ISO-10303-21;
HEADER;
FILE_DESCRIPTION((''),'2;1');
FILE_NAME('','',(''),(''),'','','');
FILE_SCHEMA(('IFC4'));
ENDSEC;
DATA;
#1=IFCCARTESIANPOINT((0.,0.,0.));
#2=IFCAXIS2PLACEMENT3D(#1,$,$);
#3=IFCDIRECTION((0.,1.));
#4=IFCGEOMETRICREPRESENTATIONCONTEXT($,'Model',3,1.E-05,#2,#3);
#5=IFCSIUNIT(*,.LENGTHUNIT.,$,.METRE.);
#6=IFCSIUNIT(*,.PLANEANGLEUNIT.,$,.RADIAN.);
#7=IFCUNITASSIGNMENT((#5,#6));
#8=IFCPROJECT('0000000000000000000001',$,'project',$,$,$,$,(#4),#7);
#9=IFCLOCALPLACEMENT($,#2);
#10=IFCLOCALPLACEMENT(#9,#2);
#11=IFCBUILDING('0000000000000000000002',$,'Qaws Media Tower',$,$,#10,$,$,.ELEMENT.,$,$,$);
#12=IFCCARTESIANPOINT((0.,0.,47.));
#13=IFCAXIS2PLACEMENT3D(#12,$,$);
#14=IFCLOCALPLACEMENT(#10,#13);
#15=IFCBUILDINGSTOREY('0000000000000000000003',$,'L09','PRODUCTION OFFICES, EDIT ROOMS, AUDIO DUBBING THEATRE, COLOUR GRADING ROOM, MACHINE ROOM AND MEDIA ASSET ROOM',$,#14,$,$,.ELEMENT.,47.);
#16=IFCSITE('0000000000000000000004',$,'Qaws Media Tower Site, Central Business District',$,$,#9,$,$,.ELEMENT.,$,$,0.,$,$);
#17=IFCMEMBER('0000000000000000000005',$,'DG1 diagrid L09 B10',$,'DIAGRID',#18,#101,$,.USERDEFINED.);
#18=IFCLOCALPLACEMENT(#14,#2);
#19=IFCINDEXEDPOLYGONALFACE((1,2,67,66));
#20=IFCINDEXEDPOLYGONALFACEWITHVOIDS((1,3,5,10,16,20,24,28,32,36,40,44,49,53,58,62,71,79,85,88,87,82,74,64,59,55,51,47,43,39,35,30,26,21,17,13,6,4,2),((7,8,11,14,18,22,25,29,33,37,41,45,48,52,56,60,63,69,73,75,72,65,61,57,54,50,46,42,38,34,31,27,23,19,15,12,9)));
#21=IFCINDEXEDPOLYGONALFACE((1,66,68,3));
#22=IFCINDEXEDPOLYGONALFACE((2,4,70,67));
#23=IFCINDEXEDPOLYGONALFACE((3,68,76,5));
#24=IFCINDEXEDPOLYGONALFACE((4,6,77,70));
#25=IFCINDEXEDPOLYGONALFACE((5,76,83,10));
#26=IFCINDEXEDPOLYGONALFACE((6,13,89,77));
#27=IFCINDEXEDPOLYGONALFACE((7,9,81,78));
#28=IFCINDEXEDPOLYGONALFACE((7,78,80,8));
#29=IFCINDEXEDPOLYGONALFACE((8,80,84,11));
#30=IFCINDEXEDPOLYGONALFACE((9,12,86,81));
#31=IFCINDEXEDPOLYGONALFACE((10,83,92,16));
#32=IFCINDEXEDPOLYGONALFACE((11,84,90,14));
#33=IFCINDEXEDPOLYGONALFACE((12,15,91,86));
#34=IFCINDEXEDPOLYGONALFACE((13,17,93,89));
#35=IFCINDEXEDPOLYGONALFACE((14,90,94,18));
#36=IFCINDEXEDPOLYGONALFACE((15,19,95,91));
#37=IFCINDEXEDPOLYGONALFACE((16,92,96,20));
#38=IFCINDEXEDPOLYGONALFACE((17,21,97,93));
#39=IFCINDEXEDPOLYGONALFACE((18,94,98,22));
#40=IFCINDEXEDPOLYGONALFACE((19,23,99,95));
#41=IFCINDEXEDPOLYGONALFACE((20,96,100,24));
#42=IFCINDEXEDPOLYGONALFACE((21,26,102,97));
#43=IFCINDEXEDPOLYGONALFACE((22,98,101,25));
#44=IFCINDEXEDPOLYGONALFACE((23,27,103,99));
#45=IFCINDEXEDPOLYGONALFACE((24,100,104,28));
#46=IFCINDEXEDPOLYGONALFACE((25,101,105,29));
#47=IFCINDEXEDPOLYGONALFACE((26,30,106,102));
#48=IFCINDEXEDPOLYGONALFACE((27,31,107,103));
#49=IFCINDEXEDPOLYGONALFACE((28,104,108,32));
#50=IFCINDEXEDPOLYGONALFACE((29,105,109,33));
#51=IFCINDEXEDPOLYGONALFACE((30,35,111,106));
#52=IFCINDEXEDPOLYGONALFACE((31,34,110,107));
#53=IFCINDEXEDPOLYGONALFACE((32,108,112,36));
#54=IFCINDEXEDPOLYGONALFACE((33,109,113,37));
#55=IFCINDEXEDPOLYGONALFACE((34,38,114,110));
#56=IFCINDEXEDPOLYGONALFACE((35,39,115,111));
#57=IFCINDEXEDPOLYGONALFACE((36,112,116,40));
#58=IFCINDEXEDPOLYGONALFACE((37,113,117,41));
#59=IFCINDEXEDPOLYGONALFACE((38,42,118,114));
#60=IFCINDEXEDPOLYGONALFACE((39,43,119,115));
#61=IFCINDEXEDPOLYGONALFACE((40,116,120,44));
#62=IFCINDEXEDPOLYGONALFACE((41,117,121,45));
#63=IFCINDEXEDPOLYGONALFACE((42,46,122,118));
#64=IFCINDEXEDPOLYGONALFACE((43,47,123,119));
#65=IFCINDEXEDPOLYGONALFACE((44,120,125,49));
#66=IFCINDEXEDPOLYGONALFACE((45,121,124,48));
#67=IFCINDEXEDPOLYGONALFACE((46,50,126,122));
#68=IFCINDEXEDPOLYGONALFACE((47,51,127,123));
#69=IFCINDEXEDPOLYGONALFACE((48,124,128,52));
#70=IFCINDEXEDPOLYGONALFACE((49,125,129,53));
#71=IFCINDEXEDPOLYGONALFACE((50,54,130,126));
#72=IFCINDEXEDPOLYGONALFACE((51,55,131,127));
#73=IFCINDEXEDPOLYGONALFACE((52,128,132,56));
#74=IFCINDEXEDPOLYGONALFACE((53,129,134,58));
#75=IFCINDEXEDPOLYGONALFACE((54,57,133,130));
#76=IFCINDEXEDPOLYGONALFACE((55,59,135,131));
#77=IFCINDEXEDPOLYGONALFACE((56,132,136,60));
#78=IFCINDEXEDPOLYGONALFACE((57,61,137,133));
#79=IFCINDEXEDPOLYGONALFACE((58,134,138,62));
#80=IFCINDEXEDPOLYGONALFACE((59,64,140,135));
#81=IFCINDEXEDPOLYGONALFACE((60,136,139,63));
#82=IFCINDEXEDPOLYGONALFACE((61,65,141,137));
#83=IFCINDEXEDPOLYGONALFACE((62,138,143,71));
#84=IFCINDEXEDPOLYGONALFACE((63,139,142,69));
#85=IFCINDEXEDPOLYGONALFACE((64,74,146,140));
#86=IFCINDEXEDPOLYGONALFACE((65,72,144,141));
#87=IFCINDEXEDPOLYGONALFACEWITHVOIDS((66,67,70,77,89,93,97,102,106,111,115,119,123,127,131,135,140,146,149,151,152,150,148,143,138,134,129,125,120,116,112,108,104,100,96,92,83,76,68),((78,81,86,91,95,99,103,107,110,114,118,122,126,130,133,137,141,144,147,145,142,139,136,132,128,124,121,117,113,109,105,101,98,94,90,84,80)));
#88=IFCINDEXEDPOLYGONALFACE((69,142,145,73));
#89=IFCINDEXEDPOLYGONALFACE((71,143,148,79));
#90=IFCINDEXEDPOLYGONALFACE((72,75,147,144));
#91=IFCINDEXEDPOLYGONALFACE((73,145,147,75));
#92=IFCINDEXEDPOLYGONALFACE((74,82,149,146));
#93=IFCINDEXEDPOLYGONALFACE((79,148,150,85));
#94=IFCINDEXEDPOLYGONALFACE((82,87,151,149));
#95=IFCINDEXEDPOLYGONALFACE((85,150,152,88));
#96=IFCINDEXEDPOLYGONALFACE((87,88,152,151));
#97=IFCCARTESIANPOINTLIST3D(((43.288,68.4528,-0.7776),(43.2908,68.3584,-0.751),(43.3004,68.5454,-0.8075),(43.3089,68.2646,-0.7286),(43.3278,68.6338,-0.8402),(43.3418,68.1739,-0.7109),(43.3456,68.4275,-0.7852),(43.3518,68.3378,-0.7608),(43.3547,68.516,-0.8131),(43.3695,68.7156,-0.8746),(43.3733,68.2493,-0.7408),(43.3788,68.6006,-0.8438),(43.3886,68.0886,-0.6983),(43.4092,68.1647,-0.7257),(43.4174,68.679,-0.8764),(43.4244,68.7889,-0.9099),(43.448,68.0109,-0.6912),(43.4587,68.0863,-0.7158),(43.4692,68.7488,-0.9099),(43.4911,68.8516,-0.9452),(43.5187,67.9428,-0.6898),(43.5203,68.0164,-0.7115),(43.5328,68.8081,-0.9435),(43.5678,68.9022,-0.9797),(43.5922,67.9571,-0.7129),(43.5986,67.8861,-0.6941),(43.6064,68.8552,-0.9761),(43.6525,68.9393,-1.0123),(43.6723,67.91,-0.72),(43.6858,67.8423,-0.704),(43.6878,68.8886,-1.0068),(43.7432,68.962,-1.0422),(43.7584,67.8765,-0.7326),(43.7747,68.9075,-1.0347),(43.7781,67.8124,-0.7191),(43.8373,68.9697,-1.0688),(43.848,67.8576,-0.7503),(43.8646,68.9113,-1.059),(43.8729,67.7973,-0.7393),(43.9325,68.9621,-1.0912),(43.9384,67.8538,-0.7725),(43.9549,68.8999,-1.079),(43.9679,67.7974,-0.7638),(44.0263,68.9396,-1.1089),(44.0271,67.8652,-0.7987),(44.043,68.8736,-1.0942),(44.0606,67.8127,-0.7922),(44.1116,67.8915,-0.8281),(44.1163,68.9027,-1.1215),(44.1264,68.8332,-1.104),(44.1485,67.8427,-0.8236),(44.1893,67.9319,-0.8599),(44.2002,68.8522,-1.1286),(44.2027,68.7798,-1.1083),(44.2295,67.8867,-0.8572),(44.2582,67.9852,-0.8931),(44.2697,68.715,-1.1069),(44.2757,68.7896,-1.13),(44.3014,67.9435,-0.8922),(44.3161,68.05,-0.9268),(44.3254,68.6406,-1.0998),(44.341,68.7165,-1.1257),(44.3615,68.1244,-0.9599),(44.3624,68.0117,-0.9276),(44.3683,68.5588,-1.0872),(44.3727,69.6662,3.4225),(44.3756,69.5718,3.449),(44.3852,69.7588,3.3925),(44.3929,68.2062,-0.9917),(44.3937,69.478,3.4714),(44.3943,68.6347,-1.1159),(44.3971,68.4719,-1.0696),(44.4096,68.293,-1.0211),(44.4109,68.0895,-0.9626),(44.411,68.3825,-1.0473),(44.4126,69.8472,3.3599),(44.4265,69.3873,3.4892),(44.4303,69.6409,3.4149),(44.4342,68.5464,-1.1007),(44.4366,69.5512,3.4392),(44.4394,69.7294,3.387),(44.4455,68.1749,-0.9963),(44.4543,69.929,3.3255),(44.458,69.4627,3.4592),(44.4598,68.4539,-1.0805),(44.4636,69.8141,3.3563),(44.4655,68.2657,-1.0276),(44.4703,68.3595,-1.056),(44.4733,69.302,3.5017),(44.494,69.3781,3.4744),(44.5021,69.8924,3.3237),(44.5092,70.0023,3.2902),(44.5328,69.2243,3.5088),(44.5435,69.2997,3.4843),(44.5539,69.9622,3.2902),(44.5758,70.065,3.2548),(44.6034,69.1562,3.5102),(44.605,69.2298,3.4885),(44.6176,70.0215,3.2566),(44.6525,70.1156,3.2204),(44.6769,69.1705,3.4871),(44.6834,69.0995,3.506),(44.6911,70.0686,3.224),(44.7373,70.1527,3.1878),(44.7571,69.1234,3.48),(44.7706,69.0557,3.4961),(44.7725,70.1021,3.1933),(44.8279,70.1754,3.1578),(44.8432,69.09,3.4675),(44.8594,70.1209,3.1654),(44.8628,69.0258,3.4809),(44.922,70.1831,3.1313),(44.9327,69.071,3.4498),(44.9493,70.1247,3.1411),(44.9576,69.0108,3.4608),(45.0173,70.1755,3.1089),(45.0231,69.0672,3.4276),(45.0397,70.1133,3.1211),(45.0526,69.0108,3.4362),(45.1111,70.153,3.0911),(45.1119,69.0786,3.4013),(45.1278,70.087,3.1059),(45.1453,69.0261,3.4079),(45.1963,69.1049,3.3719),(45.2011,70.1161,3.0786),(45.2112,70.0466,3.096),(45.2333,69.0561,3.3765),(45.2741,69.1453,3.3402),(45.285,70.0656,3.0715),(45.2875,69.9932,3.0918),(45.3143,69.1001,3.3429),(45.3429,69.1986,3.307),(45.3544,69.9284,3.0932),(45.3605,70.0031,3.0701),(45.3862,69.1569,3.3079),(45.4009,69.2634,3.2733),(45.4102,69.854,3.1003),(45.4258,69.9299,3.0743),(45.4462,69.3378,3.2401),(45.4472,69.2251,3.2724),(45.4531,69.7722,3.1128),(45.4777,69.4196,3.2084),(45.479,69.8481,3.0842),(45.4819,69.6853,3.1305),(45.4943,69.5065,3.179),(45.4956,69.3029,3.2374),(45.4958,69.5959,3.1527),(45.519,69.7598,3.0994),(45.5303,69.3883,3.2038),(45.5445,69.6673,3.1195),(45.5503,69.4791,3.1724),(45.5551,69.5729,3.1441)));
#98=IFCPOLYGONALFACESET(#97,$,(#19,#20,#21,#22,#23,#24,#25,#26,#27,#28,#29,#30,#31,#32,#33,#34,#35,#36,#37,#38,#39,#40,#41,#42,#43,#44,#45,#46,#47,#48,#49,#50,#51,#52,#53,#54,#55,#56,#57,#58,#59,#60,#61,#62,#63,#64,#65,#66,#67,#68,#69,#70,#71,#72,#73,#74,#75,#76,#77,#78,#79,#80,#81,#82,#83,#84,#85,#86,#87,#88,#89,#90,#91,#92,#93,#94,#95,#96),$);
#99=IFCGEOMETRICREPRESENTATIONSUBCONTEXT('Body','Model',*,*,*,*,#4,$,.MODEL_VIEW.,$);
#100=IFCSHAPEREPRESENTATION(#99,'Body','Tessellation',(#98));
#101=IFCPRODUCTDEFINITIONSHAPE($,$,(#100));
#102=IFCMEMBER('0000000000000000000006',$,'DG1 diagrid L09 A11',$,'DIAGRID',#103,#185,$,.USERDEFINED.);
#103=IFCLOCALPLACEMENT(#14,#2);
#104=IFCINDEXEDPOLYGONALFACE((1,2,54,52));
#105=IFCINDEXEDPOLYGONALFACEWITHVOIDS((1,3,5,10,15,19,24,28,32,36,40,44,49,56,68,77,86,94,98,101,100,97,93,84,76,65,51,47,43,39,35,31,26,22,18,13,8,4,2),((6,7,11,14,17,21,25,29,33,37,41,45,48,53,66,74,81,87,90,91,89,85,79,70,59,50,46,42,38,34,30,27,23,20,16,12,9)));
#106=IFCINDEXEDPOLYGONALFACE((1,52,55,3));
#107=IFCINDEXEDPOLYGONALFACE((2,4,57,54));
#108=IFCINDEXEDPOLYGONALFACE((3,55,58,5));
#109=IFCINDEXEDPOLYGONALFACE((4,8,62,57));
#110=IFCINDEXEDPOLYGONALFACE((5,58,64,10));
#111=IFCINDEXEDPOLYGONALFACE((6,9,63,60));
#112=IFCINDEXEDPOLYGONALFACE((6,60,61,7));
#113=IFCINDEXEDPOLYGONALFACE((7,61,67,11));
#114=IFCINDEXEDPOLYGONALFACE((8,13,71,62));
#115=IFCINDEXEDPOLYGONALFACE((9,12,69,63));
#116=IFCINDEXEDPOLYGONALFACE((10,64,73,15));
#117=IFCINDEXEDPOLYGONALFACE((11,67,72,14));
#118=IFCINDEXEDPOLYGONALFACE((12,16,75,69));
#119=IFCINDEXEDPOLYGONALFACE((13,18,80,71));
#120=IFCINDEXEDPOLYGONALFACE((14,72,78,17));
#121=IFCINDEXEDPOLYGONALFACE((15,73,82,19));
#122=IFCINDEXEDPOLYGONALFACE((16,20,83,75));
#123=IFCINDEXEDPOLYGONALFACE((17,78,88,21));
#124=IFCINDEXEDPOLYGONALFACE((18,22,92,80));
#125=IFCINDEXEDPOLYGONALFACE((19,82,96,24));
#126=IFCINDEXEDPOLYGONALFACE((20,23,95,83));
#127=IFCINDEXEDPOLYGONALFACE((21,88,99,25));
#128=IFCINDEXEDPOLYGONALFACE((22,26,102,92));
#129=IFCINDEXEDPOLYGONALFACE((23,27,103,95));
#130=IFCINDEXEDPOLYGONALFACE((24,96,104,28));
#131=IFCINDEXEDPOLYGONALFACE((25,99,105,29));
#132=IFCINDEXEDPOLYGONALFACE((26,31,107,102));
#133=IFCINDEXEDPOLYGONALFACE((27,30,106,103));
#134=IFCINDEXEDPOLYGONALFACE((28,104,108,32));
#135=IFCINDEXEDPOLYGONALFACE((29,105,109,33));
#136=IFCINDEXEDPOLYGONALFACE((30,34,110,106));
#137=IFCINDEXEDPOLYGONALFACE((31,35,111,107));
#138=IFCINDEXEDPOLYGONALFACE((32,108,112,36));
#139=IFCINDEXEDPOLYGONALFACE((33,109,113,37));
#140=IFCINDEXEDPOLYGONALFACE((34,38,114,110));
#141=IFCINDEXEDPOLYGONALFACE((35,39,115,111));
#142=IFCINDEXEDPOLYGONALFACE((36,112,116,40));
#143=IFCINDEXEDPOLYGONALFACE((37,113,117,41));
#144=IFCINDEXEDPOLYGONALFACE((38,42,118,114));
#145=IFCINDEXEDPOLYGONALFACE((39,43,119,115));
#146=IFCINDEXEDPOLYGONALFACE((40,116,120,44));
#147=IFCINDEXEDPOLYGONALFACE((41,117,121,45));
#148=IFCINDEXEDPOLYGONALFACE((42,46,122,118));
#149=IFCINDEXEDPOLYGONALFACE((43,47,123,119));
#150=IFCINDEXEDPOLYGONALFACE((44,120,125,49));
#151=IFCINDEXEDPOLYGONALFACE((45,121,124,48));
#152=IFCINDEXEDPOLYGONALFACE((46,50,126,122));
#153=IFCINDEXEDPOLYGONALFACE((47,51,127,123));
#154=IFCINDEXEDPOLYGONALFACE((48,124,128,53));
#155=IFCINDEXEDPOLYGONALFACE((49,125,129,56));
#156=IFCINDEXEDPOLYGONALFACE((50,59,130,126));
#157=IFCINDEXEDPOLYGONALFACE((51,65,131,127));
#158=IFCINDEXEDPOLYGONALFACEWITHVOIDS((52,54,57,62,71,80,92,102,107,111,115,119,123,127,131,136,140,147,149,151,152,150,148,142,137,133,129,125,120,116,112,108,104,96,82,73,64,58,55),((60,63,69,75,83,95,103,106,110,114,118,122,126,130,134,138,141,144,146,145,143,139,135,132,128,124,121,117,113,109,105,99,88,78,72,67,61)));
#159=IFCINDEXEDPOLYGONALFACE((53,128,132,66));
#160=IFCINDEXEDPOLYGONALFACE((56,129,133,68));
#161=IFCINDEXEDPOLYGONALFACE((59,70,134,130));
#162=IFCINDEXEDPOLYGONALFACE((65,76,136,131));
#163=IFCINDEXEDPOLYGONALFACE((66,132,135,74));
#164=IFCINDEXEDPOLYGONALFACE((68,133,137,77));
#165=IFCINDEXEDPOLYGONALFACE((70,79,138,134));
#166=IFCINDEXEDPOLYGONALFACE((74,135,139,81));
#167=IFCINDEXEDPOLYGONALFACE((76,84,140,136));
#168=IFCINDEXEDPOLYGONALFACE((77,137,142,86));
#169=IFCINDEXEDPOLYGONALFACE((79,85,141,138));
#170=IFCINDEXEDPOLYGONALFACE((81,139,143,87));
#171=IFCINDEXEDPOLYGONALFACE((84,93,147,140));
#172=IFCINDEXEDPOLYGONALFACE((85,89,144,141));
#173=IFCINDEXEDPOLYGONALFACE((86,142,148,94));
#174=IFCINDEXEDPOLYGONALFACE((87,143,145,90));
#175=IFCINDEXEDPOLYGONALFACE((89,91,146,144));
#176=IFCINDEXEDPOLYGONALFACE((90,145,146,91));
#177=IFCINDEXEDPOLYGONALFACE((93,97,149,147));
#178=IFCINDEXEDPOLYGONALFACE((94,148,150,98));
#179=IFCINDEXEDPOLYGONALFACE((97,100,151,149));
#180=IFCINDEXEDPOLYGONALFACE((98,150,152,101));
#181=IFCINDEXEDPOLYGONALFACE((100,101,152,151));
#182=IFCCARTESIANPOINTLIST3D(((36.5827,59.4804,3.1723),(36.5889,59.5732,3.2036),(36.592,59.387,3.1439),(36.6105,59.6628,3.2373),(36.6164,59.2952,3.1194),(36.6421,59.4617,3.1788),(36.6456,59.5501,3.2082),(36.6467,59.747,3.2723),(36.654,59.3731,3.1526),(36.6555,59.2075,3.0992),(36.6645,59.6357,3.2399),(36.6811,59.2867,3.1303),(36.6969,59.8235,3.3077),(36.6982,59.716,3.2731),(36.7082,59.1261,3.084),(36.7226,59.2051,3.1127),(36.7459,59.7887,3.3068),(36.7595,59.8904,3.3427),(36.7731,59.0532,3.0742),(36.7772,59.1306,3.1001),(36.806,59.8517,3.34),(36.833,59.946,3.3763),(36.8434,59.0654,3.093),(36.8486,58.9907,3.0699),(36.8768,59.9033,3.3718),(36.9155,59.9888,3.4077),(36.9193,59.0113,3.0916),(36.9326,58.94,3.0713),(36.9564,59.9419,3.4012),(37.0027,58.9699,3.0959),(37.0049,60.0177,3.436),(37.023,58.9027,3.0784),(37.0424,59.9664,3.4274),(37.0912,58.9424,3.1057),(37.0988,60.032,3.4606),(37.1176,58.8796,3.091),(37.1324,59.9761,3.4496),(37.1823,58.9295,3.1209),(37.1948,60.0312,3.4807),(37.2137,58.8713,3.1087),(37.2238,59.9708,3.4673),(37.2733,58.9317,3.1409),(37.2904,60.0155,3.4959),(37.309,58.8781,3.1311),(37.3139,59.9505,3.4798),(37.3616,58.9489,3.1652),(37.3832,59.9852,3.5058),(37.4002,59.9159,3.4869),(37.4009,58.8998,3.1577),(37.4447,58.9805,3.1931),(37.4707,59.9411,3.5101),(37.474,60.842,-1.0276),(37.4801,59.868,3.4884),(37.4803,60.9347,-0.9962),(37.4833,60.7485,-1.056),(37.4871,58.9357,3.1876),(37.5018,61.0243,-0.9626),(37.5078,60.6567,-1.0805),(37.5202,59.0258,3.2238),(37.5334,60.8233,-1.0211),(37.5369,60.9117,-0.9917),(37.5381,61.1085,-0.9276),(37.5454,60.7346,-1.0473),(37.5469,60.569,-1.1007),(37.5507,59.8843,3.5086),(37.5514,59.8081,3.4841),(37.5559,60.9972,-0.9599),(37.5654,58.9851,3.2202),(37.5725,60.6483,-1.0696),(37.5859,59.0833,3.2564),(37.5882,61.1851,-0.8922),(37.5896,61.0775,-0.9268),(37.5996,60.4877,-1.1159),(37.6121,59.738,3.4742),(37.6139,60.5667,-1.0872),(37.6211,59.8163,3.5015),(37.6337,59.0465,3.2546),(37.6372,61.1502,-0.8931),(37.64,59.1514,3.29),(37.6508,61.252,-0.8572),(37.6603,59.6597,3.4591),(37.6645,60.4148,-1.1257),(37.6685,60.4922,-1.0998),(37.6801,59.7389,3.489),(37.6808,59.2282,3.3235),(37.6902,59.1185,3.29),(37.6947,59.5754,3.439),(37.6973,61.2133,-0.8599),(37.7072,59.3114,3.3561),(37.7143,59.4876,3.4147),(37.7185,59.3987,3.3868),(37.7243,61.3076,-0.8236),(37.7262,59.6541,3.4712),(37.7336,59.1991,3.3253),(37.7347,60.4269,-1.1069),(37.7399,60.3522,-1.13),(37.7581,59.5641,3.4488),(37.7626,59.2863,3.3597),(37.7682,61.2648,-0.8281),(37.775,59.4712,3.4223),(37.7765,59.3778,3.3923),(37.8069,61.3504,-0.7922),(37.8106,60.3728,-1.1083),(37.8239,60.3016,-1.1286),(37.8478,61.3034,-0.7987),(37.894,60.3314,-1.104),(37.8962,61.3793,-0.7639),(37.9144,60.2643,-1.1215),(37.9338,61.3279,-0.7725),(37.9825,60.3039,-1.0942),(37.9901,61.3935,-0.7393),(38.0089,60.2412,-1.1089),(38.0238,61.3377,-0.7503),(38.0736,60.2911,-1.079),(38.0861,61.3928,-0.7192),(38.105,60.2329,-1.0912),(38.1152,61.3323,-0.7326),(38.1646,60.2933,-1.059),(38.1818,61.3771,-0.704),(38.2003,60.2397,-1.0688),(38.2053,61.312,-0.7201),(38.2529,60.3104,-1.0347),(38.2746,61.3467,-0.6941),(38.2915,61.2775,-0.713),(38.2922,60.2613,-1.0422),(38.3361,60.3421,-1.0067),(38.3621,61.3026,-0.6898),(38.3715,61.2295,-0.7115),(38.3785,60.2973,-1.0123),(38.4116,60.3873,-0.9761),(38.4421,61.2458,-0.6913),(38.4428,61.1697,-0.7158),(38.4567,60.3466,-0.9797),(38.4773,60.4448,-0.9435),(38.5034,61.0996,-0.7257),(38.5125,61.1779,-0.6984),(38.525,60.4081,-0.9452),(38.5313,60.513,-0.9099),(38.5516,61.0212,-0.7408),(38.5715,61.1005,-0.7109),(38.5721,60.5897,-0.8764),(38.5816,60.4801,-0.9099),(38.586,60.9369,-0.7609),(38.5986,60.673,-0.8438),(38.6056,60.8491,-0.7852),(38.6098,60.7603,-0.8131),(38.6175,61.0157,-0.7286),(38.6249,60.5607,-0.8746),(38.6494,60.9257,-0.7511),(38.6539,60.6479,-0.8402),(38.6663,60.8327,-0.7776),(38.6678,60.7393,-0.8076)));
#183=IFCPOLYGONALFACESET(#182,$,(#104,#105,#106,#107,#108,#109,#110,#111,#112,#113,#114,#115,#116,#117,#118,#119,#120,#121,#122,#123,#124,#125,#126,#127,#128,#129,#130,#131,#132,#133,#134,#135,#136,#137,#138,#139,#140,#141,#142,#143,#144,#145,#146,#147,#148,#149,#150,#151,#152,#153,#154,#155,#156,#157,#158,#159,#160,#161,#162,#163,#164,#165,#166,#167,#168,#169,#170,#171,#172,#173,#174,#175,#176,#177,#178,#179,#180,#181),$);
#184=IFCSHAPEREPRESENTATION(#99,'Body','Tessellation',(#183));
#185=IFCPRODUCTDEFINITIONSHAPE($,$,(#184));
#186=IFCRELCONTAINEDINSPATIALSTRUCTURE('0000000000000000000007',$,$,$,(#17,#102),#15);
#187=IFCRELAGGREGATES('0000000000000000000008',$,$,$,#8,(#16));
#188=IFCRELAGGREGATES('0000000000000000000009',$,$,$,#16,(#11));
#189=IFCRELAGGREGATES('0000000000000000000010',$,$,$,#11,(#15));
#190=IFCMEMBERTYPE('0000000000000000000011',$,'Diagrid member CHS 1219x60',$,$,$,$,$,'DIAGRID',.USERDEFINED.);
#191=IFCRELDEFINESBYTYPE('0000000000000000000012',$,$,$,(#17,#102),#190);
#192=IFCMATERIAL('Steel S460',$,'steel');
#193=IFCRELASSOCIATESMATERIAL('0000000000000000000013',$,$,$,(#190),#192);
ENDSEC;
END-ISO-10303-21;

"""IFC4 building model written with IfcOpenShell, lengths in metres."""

from ifc_helpers import new_model, si_unit, direction, frame, origin, origin_2d, place, context, subcontext, project, spatial, hollow_circle, extrude, material, material_profile, profile_set, type_object, element, save


model = new_model("IFC4")

# Units and contexts
model_context = context("Model", 3, precision=1e-05, world=origin(), true_north=direction((0.0, 1.0)))
body_context = subcontext(model_context, "Body", "Model", "MODEL_VIEW")
ifc_project = project(units=[si_unit("LENGTHUNIT", "METRE"), si_unit("PLANEANGLEUNIT", "RADIAN")], contexts=[model_context])

# Site, building, storey
site_placement = place(None, origin())
site = spatial("IfcSite", under=ifc_project, at=site_placement, Name="Qaws Media Tower Site, Central Business District", CompositionType="ELEMENT", RefElevation=0.0)
building_placement = place(site_placement, origin())
building = spatial("IfcBuilding", under=site, at=building_placement, Name="Qaws Media Tower", CompositionType="ELEMENT")
storey_placement = place(building_placement, frame((0.0, 0.0, 47.0)))
storey = spatial("IfcBuildingStorey", under=building, at=storey_placement, Name="L09", Description="PRODUCTION OFFICES, EDIT ROOMS, AUDIO DUBBING THEATRE, COLOUR GRADING ROOM, MACHINE ROOM AND MEDIA ASSET ROOM", CompositionType="ELEMENT", Elevation=47.0)

# Members
ifc_material_1 = material(Name="Steel S460", Category="steel")
ifc_material_profile_1 = material_profile(ifc_material_1, hollow_circle(Radius=0.6096, WallThickness=0.0601, at=origin_2d()), Name="CHS 1219x60")
ifc_profile_set_1 = profile_set([ifc_material_profile_1], Name="Steel S460")
member_type_1 = type_object("IfcMemberType", Name="Diagrid member CHS 1219x60", ElementType="DIAGRID", PredefinedType="USERDEFINED", material=ifc_profile_set_1)
for number, where, z_axis, x_axis, name in (
    (1, (43.8789, 68.3826, -0.9099), (0.240819, 0.269384, 0.932437), (-0.745528, 0.666475, 0.0), "DG1 diagrid L09 B10"),
):
    element("IfcMember", number, at=place(storey_placement, frame(where, z_axis=z_axis, x_axis=x_axis)), inside=storey, type_object=member_type_1, Name=name, ObjectType="DIAGRID", PredefinedType="USERDEFINED", context=body_context, shape_type="SweptSolid", body=[
        extrude(hollow_circle(Radius=0.6096, WallThickness=0.0601, at=origin_2d()), origin(), (0.0, 0.0, 1.0), 4.5044),
    ])
for number, where, z_axis, x_axis, name in (
    (2, (38.0715, 60.814, -0.9099), (-0.197894, -0.302288, 0.932448), (0.83666, -0.547722, 0.0), "DG1 diagrid L09 A11"),
):
    element("IfcMember", number, at=place(storey_placement, frame(where, z_axis=z_axis, x_axis=x_axis)), inside=storey, type_object=member_type_1, Name=name, ObjectType="DIAGRID", PredefinedType="USERDEFINED", context=body_context, shape_type="SweptSolid", body=[
        extrude(hollow_circle(Radius=0.6096, WallThickness=0.0601, at=origin_2d()), origin(), (0.0, 0.0, 1.0), 4.5042),
    ])

save(model, "model.ifc")
